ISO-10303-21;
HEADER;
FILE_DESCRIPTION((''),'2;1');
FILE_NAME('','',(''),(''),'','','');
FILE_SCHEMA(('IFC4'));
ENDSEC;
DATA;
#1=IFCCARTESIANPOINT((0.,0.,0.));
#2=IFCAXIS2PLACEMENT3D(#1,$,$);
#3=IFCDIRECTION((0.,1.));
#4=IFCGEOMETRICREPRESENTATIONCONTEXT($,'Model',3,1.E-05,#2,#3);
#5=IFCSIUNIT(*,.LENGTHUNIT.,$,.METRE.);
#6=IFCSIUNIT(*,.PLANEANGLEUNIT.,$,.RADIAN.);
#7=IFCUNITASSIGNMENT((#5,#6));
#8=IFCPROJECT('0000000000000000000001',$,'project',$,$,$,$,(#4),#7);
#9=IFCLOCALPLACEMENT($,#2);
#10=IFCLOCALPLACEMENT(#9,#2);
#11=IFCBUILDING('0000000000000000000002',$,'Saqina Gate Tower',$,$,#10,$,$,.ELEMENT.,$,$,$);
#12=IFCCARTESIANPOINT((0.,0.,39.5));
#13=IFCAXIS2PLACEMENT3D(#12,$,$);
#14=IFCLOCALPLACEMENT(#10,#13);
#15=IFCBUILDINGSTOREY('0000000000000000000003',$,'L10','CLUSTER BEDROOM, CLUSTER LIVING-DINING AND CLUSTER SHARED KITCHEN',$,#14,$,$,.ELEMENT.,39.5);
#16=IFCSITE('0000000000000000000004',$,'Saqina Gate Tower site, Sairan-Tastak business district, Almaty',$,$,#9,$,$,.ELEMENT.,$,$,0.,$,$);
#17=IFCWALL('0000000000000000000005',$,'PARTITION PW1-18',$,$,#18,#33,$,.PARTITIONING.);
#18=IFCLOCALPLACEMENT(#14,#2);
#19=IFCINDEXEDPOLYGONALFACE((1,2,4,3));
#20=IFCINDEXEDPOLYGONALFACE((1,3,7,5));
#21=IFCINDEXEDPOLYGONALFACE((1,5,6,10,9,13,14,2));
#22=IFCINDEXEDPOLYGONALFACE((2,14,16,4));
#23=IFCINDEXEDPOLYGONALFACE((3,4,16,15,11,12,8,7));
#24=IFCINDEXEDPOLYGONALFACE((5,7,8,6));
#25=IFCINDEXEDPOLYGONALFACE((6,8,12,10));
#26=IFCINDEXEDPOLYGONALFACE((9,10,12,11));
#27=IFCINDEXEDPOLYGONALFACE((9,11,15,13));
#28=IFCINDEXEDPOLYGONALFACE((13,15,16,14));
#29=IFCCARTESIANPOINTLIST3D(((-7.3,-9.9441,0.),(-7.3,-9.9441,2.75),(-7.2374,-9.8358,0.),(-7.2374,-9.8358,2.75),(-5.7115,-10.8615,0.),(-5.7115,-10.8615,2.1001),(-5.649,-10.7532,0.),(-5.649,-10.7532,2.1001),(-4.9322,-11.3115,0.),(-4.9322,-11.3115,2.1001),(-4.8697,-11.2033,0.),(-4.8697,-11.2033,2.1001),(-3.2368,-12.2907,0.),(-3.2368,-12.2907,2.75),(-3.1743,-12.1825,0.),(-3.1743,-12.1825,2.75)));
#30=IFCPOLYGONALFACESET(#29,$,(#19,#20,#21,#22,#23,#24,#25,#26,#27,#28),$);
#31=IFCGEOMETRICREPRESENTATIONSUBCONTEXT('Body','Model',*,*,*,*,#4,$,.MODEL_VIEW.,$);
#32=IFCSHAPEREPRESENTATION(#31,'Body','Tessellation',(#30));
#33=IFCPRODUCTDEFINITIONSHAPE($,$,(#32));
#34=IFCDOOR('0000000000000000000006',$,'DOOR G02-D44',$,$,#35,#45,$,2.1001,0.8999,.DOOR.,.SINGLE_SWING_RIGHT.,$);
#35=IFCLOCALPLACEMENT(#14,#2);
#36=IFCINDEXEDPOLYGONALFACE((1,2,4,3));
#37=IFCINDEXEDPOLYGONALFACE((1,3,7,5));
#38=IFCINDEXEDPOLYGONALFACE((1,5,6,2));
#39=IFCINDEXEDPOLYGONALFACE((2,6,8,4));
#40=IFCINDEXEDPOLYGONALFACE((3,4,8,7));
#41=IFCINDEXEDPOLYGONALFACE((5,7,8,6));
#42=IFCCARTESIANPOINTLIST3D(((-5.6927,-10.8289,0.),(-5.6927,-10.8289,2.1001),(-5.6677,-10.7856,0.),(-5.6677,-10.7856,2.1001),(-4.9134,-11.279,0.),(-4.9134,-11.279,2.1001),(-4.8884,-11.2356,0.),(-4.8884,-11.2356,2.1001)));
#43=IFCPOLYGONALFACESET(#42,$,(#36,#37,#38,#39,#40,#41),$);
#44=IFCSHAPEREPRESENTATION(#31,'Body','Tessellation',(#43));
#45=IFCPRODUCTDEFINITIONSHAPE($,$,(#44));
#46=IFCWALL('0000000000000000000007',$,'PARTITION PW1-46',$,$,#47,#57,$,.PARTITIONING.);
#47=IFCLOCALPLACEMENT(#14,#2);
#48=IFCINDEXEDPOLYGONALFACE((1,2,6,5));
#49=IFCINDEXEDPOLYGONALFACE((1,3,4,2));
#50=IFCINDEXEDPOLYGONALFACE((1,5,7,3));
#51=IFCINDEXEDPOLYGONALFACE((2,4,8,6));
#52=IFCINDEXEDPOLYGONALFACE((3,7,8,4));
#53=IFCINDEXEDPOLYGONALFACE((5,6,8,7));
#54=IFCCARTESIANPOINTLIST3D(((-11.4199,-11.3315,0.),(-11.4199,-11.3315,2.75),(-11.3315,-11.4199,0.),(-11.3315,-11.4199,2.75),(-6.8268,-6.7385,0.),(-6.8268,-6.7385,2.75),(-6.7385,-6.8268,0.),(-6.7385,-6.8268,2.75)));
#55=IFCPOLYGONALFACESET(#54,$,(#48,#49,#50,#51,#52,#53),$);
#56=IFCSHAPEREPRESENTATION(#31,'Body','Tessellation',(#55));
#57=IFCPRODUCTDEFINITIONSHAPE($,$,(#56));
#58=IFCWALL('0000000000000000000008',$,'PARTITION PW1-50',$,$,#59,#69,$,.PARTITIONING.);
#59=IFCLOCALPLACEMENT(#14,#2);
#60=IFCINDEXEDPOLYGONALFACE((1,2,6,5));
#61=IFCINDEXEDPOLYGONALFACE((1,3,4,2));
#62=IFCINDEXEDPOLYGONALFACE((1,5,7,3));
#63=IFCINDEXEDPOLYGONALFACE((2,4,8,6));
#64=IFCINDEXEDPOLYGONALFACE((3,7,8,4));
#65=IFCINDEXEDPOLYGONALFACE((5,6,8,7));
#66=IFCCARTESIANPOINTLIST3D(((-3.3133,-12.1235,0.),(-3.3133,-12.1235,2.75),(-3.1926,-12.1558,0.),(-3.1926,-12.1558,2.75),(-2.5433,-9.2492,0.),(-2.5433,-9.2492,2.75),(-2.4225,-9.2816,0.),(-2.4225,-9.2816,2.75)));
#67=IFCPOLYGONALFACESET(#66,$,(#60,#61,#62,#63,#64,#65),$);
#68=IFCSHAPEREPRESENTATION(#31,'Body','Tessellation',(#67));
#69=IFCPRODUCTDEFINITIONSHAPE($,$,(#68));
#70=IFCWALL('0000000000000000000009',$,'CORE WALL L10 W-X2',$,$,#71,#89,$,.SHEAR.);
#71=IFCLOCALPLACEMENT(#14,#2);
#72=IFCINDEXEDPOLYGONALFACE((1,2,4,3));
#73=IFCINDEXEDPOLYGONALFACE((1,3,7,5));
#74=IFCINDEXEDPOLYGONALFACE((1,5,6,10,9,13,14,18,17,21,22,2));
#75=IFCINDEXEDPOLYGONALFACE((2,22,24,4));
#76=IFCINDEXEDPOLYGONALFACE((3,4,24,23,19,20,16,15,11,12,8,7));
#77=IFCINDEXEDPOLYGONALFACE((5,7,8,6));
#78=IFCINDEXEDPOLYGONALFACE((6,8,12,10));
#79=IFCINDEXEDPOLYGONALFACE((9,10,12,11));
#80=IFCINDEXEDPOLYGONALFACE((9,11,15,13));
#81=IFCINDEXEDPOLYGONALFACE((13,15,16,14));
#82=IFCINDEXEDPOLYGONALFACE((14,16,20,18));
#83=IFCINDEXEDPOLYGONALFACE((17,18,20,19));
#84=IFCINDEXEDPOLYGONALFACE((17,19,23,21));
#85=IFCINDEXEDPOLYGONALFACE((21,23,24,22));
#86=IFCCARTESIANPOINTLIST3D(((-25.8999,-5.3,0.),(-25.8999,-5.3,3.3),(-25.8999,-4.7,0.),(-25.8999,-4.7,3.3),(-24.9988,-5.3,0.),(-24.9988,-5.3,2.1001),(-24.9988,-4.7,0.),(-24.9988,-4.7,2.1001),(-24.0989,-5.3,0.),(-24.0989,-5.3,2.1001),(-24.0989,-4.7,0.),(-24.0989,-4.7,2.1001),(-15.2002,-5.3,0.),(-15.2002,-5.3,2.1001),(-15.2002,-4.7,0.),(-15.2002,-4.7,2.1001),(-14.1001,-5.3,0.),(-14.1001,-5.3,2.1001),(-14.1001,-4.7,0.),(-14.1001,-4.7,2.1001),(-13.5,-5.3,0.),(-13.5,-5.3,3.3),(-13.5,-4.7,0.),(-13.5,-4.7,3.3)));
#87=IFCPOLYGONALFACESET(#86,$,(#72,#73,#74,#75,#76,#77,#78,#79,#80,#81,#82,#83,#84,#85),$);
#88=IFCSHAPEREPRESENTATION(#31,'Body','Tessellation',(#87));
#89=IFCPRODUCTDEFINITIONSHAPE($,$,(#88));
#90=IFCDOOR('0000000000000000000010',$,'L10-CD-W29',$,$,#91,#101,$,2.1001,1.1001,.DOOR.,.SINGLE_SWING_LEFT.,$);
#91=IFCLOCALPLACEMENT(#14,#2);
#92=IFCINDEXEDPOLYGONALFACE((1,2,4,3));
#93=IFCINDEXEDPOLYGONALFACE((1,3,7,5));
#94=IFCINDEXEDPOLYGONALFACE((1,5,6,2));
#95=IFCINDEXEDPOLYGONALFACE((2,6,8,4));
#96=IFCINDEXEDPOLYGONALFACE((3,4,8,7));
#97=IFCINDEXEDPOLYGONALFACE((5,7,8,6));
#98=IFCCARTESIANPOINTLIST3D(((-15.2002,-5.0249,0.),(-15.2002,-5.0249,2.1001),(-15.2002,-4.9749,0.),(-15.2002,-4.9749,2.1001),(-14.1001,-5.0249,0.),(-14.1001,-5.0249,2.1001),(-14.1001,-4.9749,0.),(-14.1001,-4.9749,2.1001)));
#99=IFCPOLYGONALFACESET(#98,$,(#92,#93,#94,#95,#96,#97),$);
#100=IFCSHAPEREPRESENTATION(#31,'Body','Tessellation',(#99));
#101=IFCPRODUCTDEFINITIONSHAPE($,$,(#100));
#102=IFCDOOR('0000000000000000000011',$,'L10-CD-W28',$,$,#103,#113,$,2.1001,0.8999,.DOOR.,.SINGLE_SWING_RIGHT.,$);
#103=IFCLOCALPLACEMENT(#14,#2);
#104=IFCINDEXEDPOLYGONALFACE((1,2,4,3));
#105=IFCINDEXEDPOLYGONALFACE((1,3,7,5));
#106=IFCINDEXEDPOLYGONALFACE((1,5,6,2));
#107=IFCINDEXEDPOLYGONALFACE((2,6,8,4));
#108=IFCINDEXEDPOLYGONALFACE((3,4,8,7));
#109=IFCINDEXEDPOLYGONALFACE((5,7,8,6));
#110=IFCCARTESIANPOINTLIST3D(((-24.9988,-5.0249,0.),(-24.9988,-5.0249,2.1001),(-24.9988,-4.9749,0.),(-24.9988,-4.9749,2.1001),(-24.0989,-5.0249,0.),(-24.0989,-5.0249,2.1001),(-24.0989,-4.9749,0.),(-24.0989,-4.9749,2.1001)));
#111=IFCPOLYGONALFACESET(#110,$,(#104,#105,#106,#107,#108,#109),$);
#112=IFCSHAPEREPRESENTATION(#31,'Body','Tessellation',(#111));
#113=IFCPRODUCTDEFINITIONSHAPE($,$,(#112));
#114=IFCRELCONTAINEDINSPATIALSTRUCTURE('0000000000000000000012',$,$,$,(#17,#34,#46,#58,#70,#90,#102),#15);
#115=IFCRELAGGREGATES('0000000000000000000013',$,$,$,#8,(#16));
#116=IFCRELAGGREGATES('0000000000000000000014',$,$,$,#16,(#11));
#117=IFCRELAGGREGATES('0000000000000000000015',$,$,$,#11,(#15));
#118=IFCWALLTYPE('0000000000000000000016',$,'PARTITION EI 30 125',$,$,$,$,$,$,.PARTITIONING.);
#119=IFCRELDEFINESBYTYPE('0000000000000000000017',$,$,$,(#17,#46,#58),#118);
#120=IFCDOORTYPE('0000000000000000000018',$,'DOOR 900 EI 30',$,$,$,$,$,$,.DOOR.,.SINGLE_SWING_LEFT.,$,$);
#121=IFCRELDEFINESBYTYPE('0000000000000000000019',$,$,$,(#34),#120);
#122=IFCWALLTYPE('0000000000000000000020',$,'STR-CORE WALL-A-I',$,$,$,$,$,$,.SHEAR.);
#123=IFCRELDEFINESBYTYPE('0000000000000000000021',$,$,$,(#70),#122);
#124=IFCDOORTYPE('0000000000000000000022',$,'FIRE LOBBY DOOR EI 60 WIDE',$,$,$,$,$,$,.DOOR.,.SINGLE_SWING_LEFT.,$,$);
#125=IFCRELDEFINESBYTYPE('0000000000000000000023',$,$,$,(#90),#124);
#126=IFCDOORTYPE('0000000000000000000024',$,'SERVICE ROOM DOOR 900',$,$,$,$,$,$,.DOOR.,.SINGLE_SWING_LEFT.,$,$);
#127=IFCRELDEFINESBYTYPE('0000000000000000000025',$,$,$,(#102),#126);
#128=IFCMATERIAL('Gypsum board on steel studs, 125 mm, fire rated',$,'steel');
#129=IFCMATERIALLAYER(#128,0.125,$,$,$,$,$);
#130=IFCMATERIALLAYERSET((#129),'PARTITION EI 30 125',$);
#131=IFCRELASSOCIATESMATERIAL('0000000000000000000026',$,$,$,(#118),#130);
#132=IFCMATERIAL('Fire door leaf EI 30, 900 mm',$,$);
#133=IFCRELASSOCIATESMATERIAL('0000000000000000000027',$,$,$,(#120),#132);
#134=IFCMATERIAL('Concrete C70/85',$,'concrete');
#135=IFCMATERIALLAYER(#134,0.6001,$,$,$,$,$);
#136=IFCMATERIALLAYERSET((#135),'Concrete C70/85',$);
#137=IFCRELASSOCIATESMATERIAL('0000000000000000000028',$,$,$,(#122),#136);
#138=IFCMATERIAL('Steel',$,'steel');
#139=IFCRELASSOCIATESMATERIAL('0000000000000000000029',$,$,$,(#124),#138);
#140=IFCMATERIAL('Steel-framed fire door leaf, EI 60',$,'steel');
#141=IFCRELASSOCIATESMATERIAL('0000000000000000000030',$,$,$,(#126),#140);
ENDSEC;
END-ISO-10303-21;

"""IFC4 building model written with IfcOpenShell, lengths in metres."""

from ifc_helpers import new_model, si_unit, direction, frame, frame_2d, origin, place, context, subcontext, project, spatial, rectangle, extrude, material, layer, layer_set, type_object, element, fill, save


model = new_model("IFC4")

# Units and contexts
model_context = context("Model", 3, precision=1e-05, world=origin(), true_north=direction((0.0, 1.0)))
body_context = subcontext(model_context, "Body", "Model", "MODEL_VIEW")
ifc_project = project(units=[si_unit("LENGTHUNIT", "METRE"), si_unit("PLANEANGLEUNIT", "RADIAN")], contexts=[model_context])

# Site, building, storey
site_placement = place(None, origin())
site = spatial("IfcSite", under=ifc_project, at=site_placement, Name="Saqina Gate Tower site, Sairan-Tastak business district, Almaty", CompositionType="ELEMENT", RefElevation=0.0)
building_placement = place(site_placement, origin())
building = spatial("IfcBuilding", under=site, at=building_placement, Name="Saqina Gate Tower", CompositionType="ELEMENT")
storey_placement = place(building_placement, frame((0.0, 0.0, 39.5)))
storey = spatial("IfcBuildingStorey", under=building, at=storey_placement, Name="L10", Description="CLUSTER BEDROOM, CLUSTER LIVING-DINING AND CLUSTER SHARED KITCHEN", CompositionType="ELEMENT", Elevation=39.5)

# Shared definitions
ifc_material_1 = material(Name="Gypsum board on steel studs, 125 mm, fire rated", Category="steel")
ifc_layer_1 = layer(ifc_material_1, 0.125)
ifc_layer_set_1 = layer_set([ifc_layer_1], Name="PARTITION EI 30 125")
wall_type_1 = type_object("IfcWallType", Name="PARTITION EI 30 125", PredefinedType="PARTITIONING", material=ifc_layer_set_1)

# Wall, opening, door
wall_1_placement = place(storey_placement, frame((-7.2688, -9.8899, 0.0), z_axis=(0.0, 0.0, 1.0), x_axis=(0.865954, -0.500123, 0.0)))
wall_1 = element("IfcWall", 1, at=wall_1_placement, inside=storey, type_object=wall_type_1, Name="PARTITION PW1-18", PredefinedType="PARTITIONING", context=body_context, shape_type="SweptSolid", body=[
    extrude(rectangle(XDim=4.6921, YDim=0.125, at=frame_2d((2.3462, 0.0))), origin(), (0.0, 0.0, 1.0), 2.75),
])
opening_1_placement = place(wall_1_placement, frame((1.8345, 0.0, 0.0)))
opening_1 = element("IfcOpeningElement", 2, at=opening_1_placement, cuts=wall_1, PredefinedType="OPENING", context=body_context, shape_type="SweptSolid", body=[
    extrude(rectangle(XDim=0.8999, YDim=2.1001, at=frame_2d((0.45, 1.05))), frame((0.0, 0.0745, 0.0), z_axis=(0.0, -1.0, 0.0), x_axis=(1.0, 0.0, 0.0)), (0.0, 0.0, 1.0), 0.1489),
])
ifc_material_2 = material(Name="Fire door leaf EI 30, 900 mm")
door_type_1 = type_object("IfcDoorType", Name="DOOR 900 EI 30", OperationType="SINGLE_SWING_LEFT", PredefinedType="DOOR", material=ifc_material_2)
door_1_placement = place(opening_1_placement, frame((0.8999, 0.0, 0.0), z_axis=(0.0, 0.0, 1.0), x_axis=(-1.0, 0.0, 0.0)))
door_1 = element("IfcDoor", 3, at=door_1_placement, inside=storey, type_object=door_type_1, Name="DOOR G02-D44", OperationType="SINGLE_SWING_RIGHT", OverallHeight=2.1001, OverallWidth=0.8999, PredefinedType="DOOR", context=body_context, shape_type="SweptSolid", body=[
    extrude(rectangle(XDim=0.8999, YDim=2.1001, at=frame_2d((0.45, 1.05))), frame((0.0, 0.0249, 0.0), z_axis=(0.0, -1.0, 0.0), x_axis=(1.0, 0.0, 0.0)), (0.0, 0.0, 1.0), 0.05),
])
fill(opening_1, door_1)

# Walls
wall_2_placement = place(storey_placement, frame((-11.3757, -11.3757, 0.0), z_axis=(0.0, 0.0, 1.0), x_axis=(0.707107, 0.707107, 0.0)))
element("IfcWall", 4, at=wall_2_placement, inside=storey, type_object=wall_type_1, Name="PARTITION PW1-46", PredefinedType="PARTITIONING", context=body_context, shape_type="SweptSolid", body=[
    extrude(rectangle(XDim=6.4956, YDim=0.125, at=frame_2d((3.2478, 0.0))), origin(), (0.0, 0.0, 1.0), 2.75),
])
wall_3_placement = place(storey_placement, frame((-3.2529, -12.1396, 0.0), z_axis=(0.0, 0.0, 1.0), x_axis=(0.258776, 0.965937, 0.0)))
element("IfcWall", 5, at=wall_3_placement, inside=storey, type_object=wall_type_1, Name="PARTITION PW1-50", PredefinedType="PARTITIONING", context=body_context, shape_type="SweptSolid", body=[
    extrude(rectangle(XDim=2.9756, YDim=0.125, at=frame_2d((1.4878, 0.0))), origin(), (0.0, 0.0, 1.0), 2.75),
])

# Wall, openings, doors
ifc_material_3 = material(Name="Concrete C70/85", Category="concrete")
ifc_layer_2 = layer(ifc_material_3, 0.6001)
ifc_layer_set_2 = layer_set([ifc_layer_2], Name="Concrete C70/85")
wall_type_2 = type_object("IfcWallType", Name="STR-CORE WALL-A-I", PredefinedType="SHEAR", material=ifc_layer_set_2)
wall_4_placement = place(storey_placement, frame((-13.5, -5.0, 0.0), z_axis=(0.0, 0.0, 1.0), x_axis=(-1.0, 0.0, 0.0)))
wall_4 = element("IfcWall", 6, at=wall_4_placement, inside=storey, type_object=wall_type_2, Name="CORE WALL L10 W-X2", PredefinedType="SHEAR", context=body_context, shape_type="SweptSolid", body=[
    extrude(rectangle(XDim=12.3999, YDim=0.6001, at=frame_2d((6.2, 0.0))), origin(), (0.0, 0.0, 1.0), 3.3),
])
opening_2_placement = place(wall_4_placement, frame((10.5989, 0.0, 0.0)))
opening_2 = element("IfcOpeningElement", 7, at=opening_2_placement, cuts=wall_4, PredefinedType="OPENING", context=body_context, shape_type="SweptSolid", body=[
    extrude(rectangle(XDim=0.8999, YDim=2.1001, at=frame_2d((0.45, 1.05))), frame((0.0, 0.312, 0.0), z_axis=(0.0, -1.0, 0.0), x_axis=(1.0, 0.0, 0.0)), (0.0, 0.0, 1.0), 0.624),
])
opening_3_placement = place(wall_4_placement, frame((0.6001, 0.0, 0.0)))
opening_3 = element("IfcOpeningElement", 8, at=opening_3_placement, cuts=wall_4, PredefinedType="OPENING", context=body_context, shape_type="SweptSolid", body=[
    extrude(rectangle(XDim=1.1001, YDim=2.1001, at=frame_2d((0.55, 1.05))), frame((0.0, 0.312, 0.0), z_axis=(0.0, -1.0, 0.0), x_axis=(1.0, 0.0, 0.0)), (0.0, 0.0, 1.0), 0.624),
])
ifc_material_4 = material(Name="Steel", Category="steel")
door_type_2 = type_object("IfcDoorType", Name="FIRE LOBBY DOOR EI 60 WIDE", OperationType="SINGLE_SWING_LEFT", PredefinedType="DOOR", material=ifc_material_4)
door_2_placement = place(opening_3_placement, origin())
door_2 = element("IfcDoor", 9, at=door_2_placement, inside=storey, type_object=door_type_2, Name="L10-CD-W29", OperationType="SINGLE_SWING_LEFT", OverallHeight=2.1001, OverallWidth=1.1001, PredefinedType="DOOR", context=body_context, shape_type="SweptSolid", body=[
    extrude(rectangle(XDim=1.1001, YDim=2.1001, at=frame_2d((0.55, 1.05))), frame((0.0, 0.0249, 0.0), z_axis=(0.0, -1.0, 0.0), x_axis=(1.0, 0.0, 0.0)), (0.0, 0.0, 1.0), 0.05),
])
fill(opening_3, door_2)
ifc_material_5 = material(Name="Steel-framed fire door leaf, EI 60", Category="steel")
door_type_3 = type_object("IfcDoorType", Name="SERVICE ROOM DOOR 900", OperationType="SINGLE_SWING_LEFT", PredefinedType="DOOR", material=ifc_material_5)
door_3_placement = place(opening_2_placement, origin())
door_3 = element("IfcDoor", 10, at=door_3_placement, inside=storey, type_object=door_type_3, Name="L10-CD-W28", OperationType="SINGLE_SWING_RIGHT", OverallHeight=2.1001, OverallWidth=0.8999, PredefinedType="DOOR", context=body_context, shape_type="SweptSolid", body=[
    extrude(rectangle(XDim=0.8999, YDim=2.1001, at=frame_2d((0.45, 1.05))), frame((0.0, 0.0249, 0.0), z_axis=(0.0, -1.0, 0.0), x_axis=(1.0, 0.0, 0.0)), (0.0, 0.0, 1.0), 0.05),
])
fill(opening_2, door_3)

save(model, "model.ifc")
